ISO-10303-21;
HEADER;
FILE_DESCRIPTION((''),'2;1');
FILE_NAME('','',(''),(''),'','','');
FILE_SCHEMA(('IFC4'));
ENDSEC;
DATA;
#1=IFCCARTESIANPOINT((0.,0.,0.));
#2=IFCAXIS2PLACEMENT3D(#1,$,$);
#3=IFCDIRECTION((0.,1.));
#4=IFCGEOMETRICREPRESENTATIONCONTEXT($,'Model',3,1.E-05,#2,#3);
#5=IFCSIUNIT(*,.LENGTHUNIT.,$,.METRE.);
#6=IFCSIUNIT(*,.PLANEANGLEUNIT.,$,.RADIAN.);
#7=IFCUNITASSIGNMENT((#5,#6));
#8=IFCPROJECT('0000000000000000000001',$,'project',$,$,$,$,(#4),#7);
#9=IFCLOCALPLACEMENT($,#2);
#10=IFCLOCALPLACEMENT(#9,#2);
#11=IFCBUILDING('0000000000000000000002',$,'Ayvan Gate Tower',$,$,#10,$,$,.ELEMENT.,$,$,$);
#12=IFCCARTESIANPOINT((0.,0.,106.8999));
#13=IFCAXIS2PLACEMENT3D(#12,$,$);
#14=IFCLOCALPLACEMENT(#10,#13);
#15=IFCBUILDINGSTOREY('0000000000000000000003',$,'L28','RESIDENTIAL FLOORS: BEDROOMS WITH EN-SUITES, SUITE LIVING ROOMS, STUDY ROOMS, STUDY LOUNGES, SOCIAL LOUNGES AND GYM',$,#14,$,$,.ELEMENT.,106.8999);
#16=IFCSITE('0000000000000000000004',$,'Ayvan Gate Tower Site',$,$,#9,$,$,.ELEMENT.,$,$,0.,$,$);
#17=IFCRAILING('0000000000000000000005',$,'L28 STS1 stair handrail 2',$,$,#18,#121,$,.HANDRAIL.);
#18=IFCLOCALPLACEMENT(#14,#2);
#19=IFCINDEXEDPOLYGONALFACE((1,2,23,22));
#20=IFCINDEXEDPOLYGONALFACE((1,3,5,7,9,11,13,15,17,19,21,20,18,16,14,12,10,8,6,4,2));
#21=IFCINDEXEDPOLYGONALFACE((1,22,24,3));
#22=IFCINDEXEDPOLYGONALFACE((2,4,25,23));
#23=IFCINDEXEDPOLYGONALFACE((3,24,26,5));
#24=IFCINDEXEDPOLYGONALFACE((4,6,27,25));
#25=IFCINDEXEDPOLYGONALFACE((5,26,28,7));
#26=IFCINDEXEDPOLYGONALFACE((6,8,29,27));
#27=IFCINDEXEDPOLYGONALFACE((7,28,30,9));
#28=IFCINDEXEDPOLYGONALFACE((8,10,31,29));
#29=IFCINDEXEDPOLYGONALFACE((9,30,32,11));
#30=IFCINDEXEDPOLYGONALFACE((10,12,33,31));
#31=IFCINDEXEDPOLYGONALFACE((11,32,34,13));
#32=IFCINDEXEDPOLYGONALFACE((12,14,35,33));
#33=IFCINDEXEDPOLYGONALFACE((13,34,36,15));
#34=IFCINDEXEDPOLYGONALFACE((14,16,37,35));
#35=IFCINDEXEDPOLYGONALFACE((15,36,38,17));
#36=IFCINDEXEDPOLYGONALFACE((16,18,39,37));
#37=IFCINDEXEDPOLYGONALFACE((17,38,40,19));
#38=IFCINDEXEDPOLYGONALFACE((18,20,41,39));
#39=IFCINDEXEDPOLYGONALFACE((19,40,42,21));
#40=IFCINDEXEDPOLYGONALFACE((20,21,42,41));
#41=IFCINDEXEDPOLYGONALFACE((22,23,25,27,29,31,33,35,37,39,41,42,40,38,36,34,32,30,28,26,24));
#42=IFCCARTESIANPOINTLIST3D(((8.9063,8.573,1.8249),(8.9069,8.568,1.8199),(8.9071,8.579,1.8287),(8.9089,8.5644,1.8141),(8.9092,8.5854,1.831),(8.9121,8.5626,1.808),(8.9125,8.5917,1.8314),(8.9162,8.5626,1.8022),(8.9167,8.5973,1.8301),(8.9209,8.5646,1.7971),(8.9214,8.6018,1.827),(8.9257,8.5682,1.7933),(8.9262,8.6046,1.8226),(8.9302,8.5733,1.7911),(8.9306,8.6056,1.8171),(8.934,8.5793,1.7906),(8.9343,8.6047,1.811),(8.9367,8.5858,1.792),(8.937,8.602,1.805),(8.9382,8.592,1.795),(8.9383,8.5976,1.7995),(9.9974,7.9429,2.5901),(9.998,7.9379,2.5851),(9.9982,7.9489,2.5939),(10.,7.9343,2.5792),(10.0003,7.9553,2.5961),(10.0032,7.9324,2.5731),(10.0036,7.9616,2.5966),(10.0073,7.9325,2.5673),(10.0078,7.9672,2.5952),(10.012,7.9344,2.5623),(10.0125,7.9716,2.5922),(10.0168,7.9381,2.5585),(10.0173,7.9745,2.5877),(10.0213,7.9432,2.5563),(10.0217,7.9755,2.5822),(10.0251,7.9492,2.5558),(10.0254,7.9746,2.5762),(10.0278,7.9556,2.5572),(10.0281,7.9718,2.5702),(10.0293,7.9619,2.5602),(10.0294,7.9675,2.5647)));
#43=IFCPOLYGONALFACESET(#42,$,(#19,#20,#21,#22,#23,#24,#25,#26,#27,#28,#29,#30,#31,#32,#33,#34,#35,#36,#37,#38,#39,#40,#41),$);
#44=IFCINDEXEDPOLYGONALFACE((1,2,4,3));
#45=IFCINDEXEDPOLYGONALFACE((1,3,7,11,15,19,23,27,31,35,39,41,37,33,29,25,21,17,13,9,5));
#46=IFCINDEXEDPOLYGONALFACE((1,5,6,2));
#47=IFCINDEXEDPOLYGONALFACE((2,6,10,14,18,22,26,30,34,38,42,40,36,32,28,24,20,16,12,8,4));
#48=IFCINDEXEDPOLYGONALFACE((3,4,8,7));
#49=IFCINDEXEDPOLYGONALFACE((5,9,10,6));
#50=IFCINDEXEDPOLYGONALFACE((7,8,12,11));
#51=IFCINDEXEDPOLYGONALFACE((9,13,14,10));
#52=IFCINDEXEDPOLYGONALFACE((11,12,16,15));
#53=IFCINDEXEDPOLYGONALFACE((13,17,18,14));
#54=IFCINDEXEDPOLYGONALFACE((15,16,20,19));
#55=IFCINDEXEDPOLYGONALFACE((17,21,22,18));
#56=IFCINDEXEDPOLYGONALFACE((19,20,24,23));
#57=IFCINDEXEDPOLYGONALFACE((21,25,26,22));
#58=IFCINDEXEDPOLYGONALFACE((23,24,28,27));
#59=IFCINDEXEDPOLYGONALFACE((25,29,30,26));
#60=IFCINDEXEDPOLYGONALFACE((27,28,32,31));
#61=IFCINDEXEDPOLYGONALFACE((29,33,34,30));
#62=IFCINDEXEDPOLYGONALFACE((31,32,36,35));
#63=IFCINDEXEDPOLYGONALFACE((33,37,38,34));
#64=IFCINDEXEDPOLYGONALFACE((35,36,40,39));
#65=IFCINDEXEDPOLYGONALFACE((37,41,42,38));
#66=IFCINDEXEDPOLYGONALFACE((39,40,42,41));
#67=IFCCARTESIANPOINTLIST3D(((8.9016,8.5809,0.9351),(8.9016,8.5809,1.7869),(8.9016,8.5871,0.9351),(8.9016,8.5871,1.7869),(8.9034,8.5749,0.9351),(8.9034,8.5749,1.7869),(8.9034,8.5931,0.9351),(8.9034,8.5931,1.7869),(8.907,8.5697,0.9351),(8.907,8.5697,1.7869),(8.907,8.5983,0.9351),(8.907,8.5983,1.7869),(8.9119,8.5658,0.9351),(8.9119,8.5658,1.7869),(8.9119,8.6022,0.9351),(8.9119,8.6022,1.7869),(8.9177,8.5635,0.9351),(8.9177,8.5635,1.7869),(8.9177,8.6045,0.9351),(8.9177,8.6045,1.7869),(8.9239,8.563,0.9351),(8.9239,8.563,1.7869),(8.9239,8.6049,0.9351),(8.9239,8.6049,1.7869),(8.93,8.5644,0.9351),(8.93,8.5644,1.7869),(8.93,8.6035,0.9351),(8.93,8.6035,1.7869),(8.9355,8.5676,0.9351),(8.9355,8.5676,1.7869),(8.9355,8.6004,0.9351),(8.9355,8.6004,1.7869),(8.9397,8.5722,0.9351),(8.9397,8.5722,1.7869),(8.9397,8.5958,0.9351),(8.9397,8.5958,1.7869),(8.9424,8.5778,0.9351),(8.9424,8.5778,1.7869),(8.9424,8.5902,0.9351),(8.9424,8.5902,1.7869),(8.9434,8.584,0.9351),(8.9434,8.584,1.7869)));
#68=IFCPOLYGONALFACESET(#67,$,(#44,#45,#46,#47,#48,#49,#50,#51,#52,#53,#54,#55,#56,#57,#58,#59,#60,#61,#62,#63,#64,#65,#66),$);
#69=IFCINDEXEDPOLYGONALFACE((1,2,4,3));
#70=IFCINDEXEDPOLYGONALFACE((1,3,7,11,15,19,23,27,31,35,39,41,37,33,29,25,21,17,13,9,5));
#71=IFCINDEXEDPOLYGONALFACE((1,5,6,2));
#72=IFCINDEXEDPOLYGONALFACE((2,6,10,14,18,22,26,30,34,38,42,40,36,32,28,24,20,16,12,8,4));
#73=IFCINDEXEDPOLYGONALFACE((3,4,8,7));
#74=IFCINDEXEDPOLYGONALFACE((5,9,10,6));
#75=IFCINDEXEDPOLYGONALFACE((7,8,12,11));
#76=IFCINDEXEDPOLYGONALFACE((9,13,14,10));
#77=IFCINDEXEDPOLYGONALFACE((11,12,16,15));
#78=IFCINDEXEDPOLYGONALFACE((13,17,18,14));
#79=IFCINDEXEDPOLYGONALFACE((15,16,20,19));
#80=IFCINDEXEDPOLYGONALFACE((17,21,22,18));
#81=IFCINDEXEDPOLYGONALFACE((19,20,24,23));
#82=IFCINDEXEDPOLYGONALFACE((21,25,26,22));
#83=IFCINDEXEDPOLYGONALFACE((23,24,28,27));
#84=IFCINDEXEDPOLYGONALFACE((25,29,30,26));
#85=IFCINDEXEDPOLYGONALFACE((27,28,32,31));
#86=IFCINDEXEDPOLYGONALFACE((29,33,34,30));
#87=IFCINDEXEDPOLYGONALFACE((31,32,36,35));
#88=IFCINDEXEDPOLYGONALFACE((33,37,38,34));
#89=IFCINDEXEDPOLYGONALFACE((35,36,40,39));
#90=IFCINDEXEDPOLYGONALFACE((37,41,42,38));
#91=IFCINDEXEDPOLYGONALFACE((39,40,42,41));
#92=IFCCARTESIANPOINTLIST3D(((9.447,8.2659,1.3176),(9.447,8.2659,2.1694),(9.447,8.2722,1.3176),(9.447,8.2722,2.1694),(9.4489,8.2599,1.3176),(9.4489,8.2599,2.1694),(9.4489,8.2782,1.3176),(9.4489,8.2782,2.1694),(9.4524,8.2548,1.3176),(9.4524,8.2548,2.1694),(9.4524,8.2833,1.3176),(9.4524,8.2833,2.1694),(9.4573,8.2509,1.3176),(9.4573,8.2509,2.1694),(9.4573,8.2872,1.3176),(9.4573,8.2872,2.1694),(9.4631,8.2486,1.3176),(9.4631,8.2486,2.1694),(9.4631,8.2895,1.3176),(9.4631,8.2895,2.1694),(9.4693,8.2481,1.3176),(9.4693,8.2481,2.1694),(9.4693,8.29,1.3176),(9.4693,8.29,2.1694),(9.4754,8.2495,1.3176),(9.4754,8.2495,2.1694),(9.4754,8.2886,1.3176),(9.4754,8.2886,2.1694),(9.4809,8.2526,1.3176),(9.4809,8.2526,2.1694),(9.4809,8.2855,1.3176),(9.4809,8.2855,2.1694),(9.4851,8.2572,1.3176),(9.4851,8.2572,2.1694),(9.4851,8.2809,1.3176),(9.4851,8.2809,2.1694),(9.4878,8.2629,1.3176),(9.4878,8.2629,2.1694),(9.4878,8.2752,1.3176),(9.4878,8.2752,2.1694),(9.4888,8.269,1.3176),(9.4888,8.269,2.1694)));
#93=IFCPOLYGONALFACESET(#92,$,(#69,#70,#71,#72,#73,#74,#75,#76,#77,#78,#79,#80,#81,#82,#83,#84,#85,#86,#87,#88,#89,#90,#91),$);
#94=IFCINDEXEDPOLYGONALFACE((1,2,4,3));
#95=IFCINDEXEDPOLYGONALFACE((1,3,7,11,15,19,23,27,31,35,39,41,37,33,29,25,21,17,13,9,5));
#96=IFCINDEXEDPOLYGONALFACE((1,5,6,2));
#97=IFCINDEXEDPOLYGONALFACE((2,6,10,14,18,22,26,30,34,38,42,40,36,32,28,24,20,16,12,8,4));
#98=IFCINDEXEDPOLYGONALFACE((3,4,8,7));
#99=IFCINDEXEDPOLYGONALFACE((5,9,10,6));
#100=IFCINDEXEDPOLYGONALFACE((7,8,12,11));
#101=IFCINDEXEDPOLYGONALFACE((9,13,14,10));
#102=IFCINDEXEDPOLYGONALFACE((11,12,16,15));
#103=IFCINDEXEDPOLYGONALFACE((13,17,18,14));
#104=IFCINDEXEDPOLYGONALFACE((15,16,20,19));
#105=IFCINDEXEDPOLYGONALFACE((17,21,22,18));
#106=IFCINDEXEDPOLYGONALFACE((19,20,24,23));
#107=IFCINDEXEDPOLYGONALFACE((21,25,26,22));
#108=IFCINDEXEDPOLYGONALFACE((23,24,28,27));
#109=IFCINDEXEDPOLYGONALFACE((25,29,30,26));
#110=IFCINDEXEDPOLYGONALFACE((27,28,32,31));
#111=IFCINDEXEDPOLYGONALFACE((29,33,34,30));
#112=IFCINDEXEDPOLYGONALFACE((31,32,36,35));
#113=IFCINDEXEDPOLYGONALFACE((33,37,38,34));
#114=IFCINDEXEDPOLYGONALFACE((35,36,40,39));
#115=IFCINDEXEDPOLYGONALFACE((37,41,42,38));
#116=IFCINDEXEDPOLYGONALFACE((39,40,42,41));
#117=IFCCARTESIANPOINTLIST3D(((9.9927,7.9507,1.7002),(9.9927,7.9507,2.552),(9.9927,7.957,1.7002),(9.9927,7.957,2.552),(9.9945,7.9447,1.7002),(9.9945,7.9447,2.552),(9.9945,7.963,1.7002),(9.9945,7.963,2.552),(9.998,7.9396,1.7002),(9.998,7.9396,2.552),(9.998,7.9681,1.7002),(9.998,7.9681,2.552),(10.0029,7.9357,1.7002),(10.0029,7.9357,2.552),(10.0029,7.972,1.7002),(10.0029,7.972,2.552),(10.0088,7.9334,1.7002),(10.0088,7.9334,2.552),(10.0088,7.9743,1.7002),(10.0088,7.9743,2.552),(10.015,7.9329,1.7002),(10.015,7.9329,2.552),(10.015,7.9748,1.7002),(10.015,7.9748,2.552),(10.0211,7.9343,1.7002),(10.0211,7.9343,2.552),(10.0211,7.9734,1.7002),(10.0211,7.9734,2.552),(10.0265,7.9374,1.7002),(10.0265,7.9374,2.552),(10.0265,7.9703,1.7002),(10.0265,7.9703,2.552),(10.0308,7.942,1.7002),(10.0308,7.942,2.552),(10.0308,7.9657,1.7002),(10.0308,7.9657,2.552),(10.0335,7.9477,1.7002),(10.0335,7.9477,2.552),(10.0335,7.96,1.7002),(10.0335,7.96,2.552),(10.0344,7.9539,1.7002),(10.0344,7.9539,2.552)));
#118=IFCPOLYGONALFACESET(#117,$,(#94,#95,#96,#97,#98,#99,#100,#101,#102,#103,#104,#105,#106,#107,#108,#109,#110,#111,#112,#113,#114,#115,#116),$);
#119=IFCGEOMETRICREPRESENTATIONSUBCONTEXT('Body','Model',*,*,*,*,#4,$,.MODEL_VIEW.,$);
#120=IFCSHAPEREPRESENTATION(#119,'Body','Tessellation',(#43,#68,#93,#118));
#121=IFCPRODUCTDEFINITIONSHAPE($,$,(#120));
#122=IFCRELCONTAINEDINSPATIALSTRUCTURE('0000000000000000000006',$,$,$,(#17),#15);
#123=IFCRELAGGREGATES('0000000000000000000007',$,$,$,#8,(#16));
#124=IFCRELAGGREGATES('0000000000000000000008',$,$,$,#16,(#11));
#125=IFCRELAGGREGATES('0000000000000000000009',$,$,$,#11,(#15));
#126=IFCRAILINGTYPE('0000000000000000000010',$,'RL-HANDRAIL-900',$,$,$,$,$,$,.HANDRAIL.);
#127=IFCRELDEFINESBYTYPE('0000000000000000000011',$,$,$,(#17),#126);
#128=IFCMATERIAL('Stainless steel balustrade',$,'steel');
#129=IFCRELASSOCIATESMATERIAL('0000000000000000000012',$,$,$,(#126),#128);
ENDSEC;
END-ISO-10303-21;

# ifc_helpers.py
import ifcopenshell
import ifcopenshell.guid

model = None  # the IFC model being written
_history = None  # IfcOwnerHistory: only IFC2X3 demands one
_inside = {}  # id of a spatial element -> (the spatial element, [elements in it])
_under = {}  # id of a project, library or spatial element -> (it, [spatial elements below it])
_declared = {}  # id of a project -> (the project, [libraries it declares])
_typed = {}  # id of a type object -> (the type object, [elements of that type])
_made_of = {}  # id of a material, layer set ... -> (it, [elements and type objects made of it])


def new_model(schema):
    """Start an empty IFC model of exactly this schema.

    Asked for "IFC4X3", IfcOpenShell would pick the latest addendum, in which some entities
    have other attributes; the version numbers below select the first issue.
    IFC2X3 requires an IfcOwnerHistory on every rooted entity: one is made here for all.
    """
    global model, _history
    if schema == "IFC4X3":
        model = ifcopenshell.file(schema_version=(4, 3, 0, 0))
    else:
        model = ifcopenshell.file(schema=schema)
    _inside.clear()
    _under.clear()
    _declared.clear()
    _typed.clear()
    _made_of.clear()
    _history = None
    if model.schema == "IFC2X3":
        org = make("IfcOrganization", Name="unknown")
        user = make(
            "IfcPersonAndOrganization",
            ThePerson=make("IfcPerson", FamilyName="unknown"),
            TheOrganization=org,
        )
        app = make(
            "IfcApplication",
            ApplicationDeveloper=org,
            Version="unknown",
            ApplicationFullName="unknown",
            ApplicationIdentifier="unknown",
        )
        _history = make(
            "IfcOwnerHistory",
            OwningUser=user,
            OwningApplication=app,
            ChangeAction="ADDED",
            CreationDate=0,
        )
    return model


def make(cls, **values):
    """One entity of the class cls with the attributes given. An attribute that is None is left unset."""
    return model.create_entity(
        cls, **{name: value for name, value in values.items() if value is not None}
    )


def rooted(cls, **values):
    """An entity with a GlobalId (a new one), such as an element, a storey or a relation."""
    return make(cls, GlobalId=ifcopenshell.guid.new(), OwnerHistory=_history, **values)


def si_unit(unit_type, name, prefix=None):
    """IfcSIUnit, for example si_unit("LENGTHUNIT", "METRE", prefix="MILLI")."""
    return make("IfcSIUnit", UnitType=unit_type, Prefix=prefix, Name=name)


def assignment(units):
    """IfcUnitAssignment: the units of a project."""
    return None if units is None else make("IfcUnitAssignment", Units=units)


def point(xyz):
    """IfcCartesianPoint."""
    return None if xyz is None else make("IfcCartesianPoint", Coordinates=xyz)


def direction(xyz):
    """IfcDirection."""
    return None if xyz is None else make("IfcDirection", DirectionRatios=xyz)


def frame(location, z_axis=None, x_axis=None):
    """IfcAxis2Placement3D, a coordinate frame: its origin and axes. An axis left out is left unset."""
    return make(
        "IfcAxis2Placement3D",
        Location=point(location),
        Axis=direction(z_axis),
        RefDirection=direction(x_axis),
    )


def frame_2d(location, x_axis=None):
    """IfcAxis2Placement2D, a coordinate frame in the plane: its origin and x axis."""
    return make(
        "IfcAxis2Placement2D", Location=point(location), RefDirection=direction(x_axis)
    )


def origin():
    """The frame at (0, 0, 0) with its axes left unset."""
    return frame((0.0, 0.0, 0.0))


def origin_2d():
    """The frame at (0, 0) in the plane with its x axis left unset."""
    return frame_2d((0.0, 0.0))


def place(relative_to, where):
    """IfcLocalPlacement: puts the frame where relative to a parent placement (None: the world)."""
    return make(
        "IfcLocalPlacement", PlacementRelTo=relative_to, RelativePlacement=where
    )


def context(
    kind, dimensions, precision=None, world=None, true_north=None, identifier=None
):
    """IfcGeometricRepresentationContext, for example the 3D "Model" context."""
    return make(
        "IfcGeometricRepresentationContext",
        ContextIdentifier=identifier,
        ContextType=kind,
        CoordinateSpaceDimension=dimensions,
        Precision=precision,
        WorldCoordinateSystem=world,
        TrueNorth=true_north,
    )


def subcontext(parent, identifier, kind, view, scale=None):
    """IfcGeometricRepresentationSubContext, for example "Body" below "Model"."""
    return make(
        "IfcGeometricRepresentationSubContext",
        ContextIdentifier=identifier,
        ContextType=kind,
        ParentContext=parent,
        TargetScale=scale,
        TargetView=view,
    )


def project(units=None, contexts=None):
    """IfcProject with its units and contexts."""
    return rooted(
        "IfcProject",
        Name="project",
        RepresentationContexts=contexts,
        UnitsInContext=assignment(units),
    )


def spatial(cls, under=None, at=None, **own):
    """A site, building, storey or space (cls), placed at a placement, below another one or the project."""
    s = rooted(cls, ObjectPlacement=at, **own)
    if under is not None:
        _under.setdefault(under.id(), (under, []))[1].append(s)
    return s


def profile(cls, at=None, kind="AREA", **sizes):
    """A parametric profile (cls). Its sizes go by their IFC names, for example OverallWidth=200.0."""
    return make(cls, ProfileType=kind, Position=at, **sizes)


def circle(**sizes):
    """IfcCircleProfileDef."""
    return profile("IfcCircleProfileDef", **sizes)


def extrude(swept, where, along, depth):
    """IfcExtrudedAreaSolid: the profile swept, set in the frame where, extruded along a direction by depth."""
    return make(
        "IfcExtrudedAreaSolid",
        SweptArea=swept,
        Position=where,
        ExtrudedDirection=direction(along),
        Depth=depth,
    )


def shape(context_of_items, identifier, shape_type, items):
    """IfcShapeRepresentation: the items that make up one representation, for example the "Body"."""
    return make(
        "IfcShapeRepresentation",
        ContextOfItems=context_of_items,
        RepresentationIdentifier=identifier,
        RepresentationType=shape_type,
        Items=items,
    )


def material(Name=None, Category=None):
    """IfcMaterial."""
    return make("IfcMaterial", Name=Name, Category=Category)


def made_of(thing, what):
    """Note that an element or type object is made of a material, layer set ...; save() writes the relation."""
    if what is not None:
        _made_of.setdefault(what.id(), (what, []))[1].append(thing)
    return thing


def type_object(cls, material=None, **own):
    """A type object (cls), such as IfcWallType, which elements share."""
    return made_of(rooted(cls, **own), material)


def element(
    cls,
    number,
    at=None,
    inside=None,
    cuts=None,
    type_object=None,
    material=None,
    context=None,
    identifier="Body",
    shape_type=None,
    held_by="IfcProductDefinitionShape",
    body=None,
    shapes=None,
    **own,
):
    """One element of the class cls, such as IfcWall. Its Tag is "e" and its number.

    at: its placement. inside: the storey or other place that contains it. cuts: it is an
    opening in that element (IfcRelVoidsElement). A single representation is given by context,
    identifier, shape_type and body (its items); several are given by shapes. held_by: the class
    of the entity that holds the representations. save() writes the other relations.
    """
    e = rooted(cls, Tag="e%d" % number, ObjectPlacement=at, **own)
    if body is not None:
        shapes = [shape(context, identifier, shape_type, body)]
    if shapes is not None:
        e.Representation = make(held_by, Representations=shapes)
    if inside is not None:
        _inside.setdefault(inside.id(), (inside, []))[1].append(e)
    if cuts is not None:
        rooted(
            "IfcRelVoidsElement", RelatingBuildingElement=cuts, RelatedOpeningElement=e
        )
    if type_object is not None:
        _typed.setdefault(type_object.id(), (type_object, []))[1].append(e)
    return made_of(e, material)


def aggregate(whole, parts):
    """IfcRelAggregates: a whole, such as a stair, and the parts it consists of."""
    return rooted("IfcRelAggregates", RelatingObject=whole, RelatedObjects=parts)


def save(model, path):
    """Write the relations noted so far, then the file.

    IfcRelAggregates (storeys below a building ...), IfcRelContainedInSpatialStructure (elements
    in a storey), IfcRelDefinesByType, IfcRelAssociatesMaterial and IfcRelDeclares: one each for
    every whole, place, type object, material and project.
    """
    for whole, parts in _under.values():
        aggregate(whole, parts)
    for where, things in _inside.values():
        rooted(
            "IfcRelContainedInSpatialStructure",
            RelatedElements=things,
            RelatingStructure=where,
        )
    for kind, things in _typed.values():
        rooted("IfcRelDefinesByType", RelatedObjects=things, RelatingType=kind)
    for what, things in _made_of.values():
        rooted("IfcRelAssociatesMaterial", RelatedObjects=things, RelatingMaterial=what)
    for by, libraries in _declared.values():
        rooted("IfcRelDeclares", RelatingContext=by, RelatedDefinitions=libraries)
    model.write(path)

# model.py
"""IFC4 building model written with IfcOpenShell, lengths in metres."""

from ifc_helpers import new_model, si_unit, direction, frame, origin, origin_2d, place, context, subcontext, project, spatial, circle, extrude, material, type_object, element, save


model = new_model("IFC4")

# Units and contexts
model_context = context("Model", 3, precision=1e-05, world=origin(), true_north=direction((0.0, 1.0)))
body_context = subcontext(model_context, "Body", "Model", "MODEL_VIEW")
ifc_project = project(units=[si_unit("LENGTHUNIT", "METRE"), si_unit("PLANEANGLEUNIT", "RADIAN")], contexts=[model_context])

# Site, building, storey
site_placement = place(None, origin())
site = spatial("IfcSite", under=ifc_project, at=site_placement, Name="Ayvan Gate Tower Site", CompositionType="ELEMENT", RefElevation=0.0)
building_placement = place(site_placement, origin())
building = spatial("IfcBuilding", under=site, at=building_placement, Name="Ayvan Gate Tower", CompositionType="ELEMENT")
storey_placement = place(building_placement, frame((0.0, 0.0, 106.8999)))
storey = spatial("IfcBuildingStorey", under=building, at=storey_placement, Name="L28", Description="RESIDENTIAL FLOORS: BEDROOMS WITH EN-SUITES, SUITE LIVING ROOMS, STUDY ROOMS, STUDY LOUNGES, SOCIAL LOUNGES AND GYM", CompositionType="ELEMENT", Elevation=106.8999)

# Railing
ifc_material_1 = material(Name="Stainless steel balustrade", Category="steel")
railing_type_1 = type_object("IfcRailingType", Name="RL-HANDRAIL-900", PredefinedType="HANDRAIL", material=ifc_material_1)
railing_1_placement = place(storey_placement, frame((8.9224, 8.584, 0.9351)))
element("IfcRailing", 1, at=railing_1_placement, inside=storey, type_object=railing_type_1, Name="L28 STS1 stair handrail 2", PredefinedType="HANDRAIL", context=body_context, shape_type="SweptSolid", body=[
    extrude(circle(Radius=0.0239, at=origin_2d()), frame((0.0, 0.0, 0.876), z_axis=(0.740166, -0.427471, 0.51906), x_axis=(0.500119, 0.865956, 0.0)), (0.0, 0.0, 1.0), 1.4741),
    extrude(circle(Radius=0.021, at=origin_2d()), origin(), (0.0, 0.0, 1.0), 0.8518),
    extrude(circle(Radius=0.021, at=origin_2d()), frame((0.5454, -0.3149, 0.3826)), (0.0, 0.0, 1.0), 0.8518),
    extrude(circle(Radius=0.021, at=origin_2d()), frame((1.0911, -0.6301, 0.7651)), (0.0, 0.0, 1.0), 0.8518),
])

save(model, "model.ifc")
